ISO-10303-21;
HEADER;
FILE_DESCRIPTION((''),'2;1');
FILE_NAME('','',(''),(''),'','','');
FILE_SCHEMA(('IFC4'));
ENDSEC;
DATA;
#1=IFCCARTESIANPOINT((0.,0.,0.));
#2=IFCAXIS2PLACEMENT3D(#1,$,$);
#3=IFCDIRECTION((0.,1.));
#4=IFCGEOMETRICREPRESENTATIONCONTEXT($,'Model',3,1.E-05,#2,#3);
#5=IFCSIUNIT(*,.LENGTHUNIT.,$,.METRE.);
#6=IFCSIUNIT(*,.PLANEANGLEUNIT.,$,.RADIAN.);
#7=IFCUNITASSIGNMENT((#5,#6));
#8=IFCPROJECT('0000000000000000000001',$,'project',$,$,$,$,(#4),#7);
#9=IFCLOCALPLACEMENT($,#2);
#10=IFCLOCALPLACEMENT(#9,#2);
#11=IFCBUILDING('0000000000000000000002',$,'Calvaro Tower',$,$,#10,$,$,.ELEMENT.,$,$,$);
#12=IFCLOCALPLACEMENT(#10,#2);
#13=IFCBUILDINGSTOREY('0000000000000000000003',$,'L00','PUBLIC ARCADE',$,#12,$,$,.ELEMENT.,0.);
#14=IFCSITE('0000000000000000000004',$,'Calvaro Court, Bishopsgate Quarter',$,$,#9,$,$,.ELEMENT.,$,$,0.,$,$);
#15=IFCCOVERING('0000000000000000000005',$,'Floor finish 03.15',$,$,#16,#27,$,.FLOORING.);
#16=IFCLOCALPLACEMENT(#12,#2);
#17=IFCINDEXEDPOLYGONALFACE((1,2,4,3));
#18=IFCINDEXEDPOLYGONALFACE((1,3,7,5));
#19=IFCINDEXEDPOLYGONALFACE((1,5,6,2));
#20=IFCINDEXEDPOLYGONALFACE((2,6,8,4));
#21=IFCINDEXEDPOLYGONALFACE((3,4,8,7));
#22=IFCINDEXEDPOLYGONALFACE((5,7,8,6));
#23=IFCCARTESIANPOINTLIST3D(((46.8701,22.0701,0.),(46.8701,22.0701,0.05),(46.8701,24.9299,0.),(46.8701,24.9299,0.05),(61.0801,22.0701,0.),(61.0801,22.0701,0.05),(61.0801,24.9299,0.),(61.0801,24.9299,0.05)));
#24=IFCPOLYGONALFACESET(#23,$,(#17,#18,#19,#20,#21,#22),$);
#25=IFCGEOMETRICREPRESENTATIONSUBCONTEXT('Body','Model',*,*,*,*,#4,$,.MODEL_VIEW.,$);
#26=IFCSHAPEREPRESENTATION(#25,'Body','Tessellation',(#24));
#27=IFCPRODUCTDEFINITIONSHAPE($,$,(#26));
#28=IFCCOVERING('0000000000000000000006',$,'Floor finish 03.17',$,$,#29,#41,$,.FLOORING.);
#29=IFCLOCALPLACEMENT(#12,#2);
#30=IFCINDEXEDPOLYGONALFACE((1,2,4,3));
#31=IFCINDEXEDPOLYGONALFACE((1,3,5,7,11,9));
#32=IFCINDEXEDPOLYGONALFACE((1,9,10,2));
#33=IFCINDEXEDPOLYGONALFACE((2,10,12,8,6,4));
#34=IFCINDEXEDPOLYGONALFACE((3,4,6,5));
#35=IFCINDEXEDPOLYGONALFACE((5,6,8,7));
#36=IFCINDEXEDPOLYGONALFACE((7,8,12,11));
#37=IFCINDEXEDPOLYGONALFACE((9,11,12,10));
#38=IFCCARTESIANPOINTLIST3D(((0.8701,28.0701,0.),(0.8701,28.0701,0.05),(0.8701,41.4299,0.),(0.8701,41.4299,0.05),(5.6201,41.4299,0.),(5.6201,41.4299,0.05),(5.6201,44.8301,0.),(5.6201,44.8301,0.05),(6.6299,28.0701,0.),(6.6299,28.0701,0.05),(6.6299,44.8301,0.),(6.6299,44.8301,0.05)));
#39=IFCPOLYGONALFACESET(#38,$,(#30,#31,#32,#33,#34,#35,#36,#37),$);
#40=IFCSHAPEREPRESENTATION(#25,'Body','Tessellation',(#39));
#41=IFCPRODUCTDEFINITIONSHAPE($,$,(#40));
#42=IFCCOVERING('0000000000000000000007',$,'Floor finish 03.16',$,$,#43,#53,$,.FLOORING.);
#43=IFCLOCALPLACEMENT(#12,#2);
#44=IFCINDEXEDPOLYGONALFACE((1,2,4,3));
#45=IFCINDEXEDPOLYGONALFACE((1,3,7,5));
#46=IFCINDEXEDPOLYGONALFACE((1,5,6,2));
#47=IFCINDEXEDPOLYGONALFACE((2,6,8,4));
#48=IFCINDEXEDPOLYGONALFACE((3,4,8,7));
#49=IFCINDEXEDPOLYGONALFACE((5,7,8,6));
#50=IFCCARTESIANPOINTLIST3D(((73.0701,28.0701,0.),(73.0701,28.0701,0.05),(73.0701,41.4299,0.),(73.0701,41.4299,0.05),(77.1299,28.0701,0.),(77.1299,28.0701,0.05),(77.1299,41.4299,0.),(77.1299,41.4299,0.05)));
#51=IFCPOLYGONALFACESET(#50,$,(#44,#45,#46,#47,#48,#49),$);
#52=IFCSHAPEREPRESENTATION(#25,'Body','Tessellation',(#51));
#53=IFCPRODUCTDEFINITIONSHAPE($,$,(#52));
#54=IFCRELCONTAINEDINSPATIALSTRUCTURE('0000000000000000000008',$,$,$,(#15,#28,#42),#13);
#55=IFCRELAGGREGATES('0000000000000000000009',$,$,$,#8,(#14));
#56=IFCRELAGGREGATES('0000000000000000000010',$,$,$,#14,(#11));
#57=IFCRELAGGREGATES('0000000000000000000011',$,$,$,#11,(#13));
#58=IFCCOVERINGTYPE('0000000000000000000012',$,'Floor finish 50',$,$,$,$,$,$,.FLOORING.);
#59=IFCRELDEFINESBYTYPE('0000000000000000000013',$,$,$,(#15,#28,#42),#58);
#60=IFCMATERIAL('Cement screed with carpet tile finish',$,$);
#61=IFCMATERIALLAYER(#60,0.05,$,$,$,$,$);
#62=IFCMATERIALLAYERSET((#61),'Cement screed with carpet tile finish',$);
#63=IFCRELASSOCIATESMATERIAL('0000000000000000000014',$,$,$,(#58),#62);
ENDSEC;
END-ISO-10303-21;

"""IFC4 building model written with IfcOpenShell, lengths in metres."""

from ifc_helpers import new_model, si_unit, direction, origin, place, context, subcontext, project, spatial, polyline, outline, extrude, material, layer, layer_set, type_object, element, save


model = new_model("IFC4")

# Units and contexts
model_context = context("Model", 3, precision=1e-05, world=origin(), true_north=direction((0.0, 1.0)))
body_context = subcontext(model_context, "Body", "Model", "MODEL_VIEW")
ifc_project = project(units=[si_unit("LENGTHUNIT", "METRE"), si_unit("PLANEANGLEUNIT", "RADIAN")], contexts=[model_context])

# Site, building, storey
site_placement = place(None, origin())
site = spatial("IfcSite", under=ifc_project, at=site_placement, Name="Calvaro Court, Bishopsgate Quarter", CompositionType="ELEMENT", RefElevation=0.0)
building_placement = place(site_placement, origin())
building = spatial("IfcBuilding", under=site, at=building_placement, Name="Calvaro Tower", CompositionType="ELEMENT")
storey_placement = place(building_placement, origin())
storey = spatial("IfcBuildingStorey", under=building, at=storey_placement, Name="L00", Description="PUBLIC ARCADE", CompositionType="ELEMENT", Elevation=0.0)

# Coverings
ifc_material_1 = material(Name="Cement screed with carpet tile finish")
ifc_layer_1 = layer(ifc_material_1, 0.05)
ifc_layer_set_1 = layer_set([ifc_layer_1], Name="Cement screed with carpet tile finish")
covering_type = type_object("IfcCoveringType", Name="Floor finish 50", PredefinedType="FLOORING", material=ifc_layer_set_1)
covering_1_placement = place(storey_placement, origin())
element("IfcCovering", 1, at=covering_1_placement, inside=storey, type_object=covering_type, Name="Floor finish 03.15", PredefinedType="FLOORING", context=body_context, shape_type="SweptSolid", body=[
    extrude(outline(polyline([(46.8701, 22.0701), (46.8701, 24.9299), (61.0801, 24.9299), (61.0801, 22.0701), (46.8701, 22.0701)])), origin(), (0.0, 0.0, 1.0), 0.05),
])
covering_2_placement = place(storey_placement, origin())
element("IfcCovering", 2, at=covering_2_placement, inside=storey, type_object=covering_type, Name="Floor finish 03.17", PredefinedType="FLOORING", context=body_context, shape_type="SweptSolid", body=[
    extrude(outline(polyline([(6.6299, 28.0701), (0.8701, 28.0701), (0.8701, 41.4299), (5.6201, 41.4299), (5.6201, 44.8301), (6.6299, 44.8301), (6.6299, 28.0701)])), origin(), (0.0, 0.0, 1.0), 0.05),
])
covering_3_placement = place(storey_placement, origin())
element("IfcCovering", 3, at=covering_3_placement, inside=storey, type_object=covering_type, Name="Floor finish 03.16", PredefinedType="FLOORING", context=body_context, shape_type="SweptSolid", body=[
    extrude(outline(polyline([(73.0701, 28.0701), (73.0701, 41.4299), (77.1299, 41.4299), (77.1299, 28.0701), (73.0701, 28.0701)])), origin(), (0.0, 0.0, 1.0), 0.05),
])

save(model, "model.ifc")
